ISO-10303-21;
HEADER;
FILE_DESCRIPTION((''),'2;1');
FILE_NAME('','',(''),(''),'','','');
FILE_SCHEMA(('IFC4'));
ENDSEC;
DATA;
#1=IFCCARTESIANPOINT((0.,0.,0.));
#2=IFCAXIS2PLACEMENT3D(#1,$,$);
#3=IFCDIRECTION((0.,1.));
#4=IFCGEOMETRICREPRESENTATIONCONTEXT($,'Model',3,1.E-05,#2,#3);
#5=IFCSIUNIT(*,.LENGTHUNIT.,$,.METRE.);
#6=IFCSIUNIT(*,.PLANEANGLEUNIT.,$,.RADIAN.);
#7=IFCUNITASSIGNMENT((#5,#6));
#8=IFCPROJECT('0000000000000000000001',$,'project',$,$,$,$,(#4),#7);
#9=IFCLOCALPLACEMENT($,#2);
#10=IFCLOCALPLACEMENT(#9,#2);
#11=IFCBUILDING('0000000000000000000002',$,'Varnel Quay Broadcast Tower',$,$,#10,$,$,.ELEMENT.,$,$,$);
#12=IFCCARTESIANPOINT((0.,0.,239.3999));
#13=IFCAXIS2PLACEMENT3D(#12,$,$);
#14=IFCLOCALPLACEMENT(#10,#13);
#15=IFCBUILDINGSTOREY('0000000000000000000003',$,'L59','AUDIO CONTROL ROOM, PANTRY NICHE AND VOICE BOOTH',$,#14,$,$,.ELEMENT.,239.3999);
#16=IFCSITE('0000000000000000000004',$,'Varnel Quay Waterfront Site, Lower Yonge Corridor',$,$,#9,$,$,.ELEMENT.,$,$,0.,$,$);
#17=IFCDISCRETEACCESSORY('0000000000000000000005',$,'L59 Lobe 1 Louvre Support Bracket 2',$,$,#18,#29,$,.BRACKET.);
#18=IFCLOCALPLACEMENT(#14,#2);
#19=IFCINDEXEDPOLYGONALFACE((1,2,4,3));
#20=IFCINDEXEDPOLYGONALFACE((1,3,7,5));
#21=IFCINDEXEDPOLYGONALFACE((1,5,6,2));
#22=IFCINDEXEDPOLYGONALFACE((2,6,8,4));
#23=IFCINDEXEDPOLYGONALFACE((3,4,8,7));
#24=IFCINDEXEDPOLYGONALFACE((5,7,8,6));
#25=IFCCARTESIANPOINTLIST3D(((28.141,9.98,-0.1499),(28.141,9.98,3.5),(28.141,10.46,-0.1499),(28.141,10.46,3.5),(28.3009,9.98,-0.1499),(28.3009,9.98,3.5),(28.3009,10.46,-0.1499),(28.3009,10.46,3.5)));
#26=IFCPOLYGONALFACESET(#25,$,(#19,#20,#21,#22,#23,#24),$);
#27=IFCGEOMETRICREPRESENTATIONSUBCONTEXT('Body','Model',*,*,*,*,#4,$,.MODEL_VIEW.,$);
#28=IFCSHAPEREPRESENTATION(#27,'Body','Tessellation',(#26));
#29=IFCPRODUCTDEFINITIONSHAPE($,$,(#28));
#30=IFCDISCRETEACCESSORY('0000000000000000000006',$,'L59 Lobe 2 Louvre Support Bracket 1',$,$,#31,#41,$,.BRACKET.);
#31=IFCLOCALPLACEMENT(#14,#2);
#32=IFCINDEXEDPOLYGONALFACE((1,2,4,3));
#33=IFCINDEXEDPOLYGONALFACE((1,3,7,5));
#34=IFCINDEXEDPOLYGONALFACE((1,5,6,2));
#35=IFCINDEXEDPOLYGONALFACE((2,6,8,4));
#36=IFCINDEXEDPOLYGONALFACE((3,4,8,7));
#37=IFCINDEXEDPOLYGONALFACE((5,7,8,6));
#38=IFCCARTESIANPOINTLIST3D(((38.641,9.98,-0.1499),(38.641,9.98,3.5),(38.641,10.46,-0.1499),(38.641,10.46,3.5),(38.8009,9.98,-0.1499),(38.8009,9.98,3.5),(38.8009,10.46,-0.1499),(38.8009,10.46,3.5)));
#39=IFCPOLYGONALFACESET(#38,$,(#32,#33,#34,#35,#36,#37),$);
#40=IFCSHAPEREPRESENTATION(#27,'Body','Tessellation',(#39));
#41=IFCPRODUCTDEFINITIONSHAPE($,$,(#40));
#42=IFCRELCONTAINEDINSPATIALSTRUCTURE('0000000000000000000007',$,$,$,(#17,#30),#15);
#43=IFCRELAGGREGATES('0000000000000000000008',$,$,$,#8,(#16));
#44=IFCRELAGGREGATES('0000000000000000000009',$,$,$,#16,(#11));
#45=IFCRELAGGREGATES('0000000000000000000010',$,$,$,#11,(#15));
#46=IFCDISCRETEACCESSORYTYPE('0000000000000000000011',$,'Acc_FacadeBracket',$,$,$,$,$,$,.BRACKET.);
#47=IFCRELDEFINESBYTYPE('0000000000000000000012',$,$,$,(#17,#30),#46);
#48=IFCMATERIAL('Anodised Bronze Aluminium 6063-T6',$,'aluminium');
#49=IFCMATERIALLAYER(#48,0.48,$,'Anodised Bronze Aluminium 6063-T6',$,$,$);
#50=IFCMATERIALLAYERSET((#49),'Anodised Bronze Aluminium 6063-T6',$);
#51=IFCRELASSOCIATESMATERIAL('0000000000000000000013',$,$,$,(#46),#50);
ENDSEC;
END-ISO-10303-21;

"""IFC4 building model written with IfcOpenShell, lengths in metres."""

from ifc_helpers import new_model, si_unit, direction, frame, origin, origin_2d, place, context, subcontext, project, spatial, rectangle, extrude, source, transform, mapped, material, layer, layer_set, type_object, type_shapes, element, save


model = new_model("IFC4")

# Units and contexts
model_context = context("Model", 3, precision=1e-05, world=origin(), true_north=direction((0.0, 1.0)))
body_context = subcontext(model_context, "Body", "Model", "MODEL_VIEW")
ifc_project = project(units=[si_unit("LENGTHUNIT", "METRE"), si_unit("PLANEANGLEUNIT", "RADIAN")], contexts=[model_context])

# Site, building, storey
site_placement = place(None, origin())
site = spatial("IfcSite", under=ifc_project, at=site_placement, Name="Varnel Quay Waterfront Site, Lower Yonge Corridor", CompositionType="ELEMENT", RefElevation=0.0)
building_placement = place(site_placement, origin())
building = spatial("IfcBuilding", under=site, at=building_placement, Name="Varnel Quay Broadcast Tower", CompositionType="ELEMENT")
storey_placement = place(building_placement, frame((0.0, 0.0, 239.3999)))
storey = spatial("IfcBuildingStorey", under=building, at=storey_placement, Name="L59", Description="AUDIO CONTROL ROOM, PANTRY NICHE AND VOICE BOOTH", CompositionType="ELEMENT", Elevation=239.3999)

# Shared definitions
ifc_material_1 = material(Name="Anodised Bronze Aluminium 6063-T6", Category="aluminium")

# Discrete accessories
ifc_layer_1 = layer(ifc_material_1, 0.48, Name="Anodised Bronze Aluminium 6063-T6")
ifc_layer_set_1 = layer_set([ifc_layer_1], Name="Anodised Bronze Aluminium 6063-T6")
discrete_accessory_type = type_object("IfcDiscreteAccessoryType", Name="Acc_FacadeBracket", PredefinedType="BRACKET", material=ifc_layer_set_1)
shared_shape_1 = source(origin(), body_context, "Body", "SweptSolid", [
    extrude(rectangle(XDim=0.1599, YDim=0.48, at=origin_2d()), origin(), (0.0, 0.0, 1.0), 3.6499),
])
type_shapes(discrete_accessory_type, [shared_shape_1])
for number, where, z_axis, x_axis, name in (
    (1, (28.2209, 10.22, -0.1499), (0.0, 0.0, 1.0), (1.0, 0.0, 0.0), "L59 Lobe 1 Louvre Support Bracket 2"),
    (2, (38.7209, 10.22, -0.1499), (0.0, 0.0, 1.0), (1.0, 0.0, 0.0), "L59 Lobe 2 Louvre Support Bracket 1"),
):
    element("IfcDiscreteAccessory", number, at=place(storey_placement, frame(where, z_axis=z_axis, x_axis=x_axis)), inside=storey, type_object=discrete_accessory_type, Name=name, PredefinedType="BRACKET", context=body_context, shape_type="MappedRepresentation", body=[
        mapped(shared_shape_1, transform((0.0, 0.0, 0.0), x_axis=(1.0, 0.0, 0.0), y_axis=(0.0, 1.0, 0.0), z_axis=(0.0, 0.0, 1.0), scale=1.0)),
    ])

save(model, "model.ifc")
